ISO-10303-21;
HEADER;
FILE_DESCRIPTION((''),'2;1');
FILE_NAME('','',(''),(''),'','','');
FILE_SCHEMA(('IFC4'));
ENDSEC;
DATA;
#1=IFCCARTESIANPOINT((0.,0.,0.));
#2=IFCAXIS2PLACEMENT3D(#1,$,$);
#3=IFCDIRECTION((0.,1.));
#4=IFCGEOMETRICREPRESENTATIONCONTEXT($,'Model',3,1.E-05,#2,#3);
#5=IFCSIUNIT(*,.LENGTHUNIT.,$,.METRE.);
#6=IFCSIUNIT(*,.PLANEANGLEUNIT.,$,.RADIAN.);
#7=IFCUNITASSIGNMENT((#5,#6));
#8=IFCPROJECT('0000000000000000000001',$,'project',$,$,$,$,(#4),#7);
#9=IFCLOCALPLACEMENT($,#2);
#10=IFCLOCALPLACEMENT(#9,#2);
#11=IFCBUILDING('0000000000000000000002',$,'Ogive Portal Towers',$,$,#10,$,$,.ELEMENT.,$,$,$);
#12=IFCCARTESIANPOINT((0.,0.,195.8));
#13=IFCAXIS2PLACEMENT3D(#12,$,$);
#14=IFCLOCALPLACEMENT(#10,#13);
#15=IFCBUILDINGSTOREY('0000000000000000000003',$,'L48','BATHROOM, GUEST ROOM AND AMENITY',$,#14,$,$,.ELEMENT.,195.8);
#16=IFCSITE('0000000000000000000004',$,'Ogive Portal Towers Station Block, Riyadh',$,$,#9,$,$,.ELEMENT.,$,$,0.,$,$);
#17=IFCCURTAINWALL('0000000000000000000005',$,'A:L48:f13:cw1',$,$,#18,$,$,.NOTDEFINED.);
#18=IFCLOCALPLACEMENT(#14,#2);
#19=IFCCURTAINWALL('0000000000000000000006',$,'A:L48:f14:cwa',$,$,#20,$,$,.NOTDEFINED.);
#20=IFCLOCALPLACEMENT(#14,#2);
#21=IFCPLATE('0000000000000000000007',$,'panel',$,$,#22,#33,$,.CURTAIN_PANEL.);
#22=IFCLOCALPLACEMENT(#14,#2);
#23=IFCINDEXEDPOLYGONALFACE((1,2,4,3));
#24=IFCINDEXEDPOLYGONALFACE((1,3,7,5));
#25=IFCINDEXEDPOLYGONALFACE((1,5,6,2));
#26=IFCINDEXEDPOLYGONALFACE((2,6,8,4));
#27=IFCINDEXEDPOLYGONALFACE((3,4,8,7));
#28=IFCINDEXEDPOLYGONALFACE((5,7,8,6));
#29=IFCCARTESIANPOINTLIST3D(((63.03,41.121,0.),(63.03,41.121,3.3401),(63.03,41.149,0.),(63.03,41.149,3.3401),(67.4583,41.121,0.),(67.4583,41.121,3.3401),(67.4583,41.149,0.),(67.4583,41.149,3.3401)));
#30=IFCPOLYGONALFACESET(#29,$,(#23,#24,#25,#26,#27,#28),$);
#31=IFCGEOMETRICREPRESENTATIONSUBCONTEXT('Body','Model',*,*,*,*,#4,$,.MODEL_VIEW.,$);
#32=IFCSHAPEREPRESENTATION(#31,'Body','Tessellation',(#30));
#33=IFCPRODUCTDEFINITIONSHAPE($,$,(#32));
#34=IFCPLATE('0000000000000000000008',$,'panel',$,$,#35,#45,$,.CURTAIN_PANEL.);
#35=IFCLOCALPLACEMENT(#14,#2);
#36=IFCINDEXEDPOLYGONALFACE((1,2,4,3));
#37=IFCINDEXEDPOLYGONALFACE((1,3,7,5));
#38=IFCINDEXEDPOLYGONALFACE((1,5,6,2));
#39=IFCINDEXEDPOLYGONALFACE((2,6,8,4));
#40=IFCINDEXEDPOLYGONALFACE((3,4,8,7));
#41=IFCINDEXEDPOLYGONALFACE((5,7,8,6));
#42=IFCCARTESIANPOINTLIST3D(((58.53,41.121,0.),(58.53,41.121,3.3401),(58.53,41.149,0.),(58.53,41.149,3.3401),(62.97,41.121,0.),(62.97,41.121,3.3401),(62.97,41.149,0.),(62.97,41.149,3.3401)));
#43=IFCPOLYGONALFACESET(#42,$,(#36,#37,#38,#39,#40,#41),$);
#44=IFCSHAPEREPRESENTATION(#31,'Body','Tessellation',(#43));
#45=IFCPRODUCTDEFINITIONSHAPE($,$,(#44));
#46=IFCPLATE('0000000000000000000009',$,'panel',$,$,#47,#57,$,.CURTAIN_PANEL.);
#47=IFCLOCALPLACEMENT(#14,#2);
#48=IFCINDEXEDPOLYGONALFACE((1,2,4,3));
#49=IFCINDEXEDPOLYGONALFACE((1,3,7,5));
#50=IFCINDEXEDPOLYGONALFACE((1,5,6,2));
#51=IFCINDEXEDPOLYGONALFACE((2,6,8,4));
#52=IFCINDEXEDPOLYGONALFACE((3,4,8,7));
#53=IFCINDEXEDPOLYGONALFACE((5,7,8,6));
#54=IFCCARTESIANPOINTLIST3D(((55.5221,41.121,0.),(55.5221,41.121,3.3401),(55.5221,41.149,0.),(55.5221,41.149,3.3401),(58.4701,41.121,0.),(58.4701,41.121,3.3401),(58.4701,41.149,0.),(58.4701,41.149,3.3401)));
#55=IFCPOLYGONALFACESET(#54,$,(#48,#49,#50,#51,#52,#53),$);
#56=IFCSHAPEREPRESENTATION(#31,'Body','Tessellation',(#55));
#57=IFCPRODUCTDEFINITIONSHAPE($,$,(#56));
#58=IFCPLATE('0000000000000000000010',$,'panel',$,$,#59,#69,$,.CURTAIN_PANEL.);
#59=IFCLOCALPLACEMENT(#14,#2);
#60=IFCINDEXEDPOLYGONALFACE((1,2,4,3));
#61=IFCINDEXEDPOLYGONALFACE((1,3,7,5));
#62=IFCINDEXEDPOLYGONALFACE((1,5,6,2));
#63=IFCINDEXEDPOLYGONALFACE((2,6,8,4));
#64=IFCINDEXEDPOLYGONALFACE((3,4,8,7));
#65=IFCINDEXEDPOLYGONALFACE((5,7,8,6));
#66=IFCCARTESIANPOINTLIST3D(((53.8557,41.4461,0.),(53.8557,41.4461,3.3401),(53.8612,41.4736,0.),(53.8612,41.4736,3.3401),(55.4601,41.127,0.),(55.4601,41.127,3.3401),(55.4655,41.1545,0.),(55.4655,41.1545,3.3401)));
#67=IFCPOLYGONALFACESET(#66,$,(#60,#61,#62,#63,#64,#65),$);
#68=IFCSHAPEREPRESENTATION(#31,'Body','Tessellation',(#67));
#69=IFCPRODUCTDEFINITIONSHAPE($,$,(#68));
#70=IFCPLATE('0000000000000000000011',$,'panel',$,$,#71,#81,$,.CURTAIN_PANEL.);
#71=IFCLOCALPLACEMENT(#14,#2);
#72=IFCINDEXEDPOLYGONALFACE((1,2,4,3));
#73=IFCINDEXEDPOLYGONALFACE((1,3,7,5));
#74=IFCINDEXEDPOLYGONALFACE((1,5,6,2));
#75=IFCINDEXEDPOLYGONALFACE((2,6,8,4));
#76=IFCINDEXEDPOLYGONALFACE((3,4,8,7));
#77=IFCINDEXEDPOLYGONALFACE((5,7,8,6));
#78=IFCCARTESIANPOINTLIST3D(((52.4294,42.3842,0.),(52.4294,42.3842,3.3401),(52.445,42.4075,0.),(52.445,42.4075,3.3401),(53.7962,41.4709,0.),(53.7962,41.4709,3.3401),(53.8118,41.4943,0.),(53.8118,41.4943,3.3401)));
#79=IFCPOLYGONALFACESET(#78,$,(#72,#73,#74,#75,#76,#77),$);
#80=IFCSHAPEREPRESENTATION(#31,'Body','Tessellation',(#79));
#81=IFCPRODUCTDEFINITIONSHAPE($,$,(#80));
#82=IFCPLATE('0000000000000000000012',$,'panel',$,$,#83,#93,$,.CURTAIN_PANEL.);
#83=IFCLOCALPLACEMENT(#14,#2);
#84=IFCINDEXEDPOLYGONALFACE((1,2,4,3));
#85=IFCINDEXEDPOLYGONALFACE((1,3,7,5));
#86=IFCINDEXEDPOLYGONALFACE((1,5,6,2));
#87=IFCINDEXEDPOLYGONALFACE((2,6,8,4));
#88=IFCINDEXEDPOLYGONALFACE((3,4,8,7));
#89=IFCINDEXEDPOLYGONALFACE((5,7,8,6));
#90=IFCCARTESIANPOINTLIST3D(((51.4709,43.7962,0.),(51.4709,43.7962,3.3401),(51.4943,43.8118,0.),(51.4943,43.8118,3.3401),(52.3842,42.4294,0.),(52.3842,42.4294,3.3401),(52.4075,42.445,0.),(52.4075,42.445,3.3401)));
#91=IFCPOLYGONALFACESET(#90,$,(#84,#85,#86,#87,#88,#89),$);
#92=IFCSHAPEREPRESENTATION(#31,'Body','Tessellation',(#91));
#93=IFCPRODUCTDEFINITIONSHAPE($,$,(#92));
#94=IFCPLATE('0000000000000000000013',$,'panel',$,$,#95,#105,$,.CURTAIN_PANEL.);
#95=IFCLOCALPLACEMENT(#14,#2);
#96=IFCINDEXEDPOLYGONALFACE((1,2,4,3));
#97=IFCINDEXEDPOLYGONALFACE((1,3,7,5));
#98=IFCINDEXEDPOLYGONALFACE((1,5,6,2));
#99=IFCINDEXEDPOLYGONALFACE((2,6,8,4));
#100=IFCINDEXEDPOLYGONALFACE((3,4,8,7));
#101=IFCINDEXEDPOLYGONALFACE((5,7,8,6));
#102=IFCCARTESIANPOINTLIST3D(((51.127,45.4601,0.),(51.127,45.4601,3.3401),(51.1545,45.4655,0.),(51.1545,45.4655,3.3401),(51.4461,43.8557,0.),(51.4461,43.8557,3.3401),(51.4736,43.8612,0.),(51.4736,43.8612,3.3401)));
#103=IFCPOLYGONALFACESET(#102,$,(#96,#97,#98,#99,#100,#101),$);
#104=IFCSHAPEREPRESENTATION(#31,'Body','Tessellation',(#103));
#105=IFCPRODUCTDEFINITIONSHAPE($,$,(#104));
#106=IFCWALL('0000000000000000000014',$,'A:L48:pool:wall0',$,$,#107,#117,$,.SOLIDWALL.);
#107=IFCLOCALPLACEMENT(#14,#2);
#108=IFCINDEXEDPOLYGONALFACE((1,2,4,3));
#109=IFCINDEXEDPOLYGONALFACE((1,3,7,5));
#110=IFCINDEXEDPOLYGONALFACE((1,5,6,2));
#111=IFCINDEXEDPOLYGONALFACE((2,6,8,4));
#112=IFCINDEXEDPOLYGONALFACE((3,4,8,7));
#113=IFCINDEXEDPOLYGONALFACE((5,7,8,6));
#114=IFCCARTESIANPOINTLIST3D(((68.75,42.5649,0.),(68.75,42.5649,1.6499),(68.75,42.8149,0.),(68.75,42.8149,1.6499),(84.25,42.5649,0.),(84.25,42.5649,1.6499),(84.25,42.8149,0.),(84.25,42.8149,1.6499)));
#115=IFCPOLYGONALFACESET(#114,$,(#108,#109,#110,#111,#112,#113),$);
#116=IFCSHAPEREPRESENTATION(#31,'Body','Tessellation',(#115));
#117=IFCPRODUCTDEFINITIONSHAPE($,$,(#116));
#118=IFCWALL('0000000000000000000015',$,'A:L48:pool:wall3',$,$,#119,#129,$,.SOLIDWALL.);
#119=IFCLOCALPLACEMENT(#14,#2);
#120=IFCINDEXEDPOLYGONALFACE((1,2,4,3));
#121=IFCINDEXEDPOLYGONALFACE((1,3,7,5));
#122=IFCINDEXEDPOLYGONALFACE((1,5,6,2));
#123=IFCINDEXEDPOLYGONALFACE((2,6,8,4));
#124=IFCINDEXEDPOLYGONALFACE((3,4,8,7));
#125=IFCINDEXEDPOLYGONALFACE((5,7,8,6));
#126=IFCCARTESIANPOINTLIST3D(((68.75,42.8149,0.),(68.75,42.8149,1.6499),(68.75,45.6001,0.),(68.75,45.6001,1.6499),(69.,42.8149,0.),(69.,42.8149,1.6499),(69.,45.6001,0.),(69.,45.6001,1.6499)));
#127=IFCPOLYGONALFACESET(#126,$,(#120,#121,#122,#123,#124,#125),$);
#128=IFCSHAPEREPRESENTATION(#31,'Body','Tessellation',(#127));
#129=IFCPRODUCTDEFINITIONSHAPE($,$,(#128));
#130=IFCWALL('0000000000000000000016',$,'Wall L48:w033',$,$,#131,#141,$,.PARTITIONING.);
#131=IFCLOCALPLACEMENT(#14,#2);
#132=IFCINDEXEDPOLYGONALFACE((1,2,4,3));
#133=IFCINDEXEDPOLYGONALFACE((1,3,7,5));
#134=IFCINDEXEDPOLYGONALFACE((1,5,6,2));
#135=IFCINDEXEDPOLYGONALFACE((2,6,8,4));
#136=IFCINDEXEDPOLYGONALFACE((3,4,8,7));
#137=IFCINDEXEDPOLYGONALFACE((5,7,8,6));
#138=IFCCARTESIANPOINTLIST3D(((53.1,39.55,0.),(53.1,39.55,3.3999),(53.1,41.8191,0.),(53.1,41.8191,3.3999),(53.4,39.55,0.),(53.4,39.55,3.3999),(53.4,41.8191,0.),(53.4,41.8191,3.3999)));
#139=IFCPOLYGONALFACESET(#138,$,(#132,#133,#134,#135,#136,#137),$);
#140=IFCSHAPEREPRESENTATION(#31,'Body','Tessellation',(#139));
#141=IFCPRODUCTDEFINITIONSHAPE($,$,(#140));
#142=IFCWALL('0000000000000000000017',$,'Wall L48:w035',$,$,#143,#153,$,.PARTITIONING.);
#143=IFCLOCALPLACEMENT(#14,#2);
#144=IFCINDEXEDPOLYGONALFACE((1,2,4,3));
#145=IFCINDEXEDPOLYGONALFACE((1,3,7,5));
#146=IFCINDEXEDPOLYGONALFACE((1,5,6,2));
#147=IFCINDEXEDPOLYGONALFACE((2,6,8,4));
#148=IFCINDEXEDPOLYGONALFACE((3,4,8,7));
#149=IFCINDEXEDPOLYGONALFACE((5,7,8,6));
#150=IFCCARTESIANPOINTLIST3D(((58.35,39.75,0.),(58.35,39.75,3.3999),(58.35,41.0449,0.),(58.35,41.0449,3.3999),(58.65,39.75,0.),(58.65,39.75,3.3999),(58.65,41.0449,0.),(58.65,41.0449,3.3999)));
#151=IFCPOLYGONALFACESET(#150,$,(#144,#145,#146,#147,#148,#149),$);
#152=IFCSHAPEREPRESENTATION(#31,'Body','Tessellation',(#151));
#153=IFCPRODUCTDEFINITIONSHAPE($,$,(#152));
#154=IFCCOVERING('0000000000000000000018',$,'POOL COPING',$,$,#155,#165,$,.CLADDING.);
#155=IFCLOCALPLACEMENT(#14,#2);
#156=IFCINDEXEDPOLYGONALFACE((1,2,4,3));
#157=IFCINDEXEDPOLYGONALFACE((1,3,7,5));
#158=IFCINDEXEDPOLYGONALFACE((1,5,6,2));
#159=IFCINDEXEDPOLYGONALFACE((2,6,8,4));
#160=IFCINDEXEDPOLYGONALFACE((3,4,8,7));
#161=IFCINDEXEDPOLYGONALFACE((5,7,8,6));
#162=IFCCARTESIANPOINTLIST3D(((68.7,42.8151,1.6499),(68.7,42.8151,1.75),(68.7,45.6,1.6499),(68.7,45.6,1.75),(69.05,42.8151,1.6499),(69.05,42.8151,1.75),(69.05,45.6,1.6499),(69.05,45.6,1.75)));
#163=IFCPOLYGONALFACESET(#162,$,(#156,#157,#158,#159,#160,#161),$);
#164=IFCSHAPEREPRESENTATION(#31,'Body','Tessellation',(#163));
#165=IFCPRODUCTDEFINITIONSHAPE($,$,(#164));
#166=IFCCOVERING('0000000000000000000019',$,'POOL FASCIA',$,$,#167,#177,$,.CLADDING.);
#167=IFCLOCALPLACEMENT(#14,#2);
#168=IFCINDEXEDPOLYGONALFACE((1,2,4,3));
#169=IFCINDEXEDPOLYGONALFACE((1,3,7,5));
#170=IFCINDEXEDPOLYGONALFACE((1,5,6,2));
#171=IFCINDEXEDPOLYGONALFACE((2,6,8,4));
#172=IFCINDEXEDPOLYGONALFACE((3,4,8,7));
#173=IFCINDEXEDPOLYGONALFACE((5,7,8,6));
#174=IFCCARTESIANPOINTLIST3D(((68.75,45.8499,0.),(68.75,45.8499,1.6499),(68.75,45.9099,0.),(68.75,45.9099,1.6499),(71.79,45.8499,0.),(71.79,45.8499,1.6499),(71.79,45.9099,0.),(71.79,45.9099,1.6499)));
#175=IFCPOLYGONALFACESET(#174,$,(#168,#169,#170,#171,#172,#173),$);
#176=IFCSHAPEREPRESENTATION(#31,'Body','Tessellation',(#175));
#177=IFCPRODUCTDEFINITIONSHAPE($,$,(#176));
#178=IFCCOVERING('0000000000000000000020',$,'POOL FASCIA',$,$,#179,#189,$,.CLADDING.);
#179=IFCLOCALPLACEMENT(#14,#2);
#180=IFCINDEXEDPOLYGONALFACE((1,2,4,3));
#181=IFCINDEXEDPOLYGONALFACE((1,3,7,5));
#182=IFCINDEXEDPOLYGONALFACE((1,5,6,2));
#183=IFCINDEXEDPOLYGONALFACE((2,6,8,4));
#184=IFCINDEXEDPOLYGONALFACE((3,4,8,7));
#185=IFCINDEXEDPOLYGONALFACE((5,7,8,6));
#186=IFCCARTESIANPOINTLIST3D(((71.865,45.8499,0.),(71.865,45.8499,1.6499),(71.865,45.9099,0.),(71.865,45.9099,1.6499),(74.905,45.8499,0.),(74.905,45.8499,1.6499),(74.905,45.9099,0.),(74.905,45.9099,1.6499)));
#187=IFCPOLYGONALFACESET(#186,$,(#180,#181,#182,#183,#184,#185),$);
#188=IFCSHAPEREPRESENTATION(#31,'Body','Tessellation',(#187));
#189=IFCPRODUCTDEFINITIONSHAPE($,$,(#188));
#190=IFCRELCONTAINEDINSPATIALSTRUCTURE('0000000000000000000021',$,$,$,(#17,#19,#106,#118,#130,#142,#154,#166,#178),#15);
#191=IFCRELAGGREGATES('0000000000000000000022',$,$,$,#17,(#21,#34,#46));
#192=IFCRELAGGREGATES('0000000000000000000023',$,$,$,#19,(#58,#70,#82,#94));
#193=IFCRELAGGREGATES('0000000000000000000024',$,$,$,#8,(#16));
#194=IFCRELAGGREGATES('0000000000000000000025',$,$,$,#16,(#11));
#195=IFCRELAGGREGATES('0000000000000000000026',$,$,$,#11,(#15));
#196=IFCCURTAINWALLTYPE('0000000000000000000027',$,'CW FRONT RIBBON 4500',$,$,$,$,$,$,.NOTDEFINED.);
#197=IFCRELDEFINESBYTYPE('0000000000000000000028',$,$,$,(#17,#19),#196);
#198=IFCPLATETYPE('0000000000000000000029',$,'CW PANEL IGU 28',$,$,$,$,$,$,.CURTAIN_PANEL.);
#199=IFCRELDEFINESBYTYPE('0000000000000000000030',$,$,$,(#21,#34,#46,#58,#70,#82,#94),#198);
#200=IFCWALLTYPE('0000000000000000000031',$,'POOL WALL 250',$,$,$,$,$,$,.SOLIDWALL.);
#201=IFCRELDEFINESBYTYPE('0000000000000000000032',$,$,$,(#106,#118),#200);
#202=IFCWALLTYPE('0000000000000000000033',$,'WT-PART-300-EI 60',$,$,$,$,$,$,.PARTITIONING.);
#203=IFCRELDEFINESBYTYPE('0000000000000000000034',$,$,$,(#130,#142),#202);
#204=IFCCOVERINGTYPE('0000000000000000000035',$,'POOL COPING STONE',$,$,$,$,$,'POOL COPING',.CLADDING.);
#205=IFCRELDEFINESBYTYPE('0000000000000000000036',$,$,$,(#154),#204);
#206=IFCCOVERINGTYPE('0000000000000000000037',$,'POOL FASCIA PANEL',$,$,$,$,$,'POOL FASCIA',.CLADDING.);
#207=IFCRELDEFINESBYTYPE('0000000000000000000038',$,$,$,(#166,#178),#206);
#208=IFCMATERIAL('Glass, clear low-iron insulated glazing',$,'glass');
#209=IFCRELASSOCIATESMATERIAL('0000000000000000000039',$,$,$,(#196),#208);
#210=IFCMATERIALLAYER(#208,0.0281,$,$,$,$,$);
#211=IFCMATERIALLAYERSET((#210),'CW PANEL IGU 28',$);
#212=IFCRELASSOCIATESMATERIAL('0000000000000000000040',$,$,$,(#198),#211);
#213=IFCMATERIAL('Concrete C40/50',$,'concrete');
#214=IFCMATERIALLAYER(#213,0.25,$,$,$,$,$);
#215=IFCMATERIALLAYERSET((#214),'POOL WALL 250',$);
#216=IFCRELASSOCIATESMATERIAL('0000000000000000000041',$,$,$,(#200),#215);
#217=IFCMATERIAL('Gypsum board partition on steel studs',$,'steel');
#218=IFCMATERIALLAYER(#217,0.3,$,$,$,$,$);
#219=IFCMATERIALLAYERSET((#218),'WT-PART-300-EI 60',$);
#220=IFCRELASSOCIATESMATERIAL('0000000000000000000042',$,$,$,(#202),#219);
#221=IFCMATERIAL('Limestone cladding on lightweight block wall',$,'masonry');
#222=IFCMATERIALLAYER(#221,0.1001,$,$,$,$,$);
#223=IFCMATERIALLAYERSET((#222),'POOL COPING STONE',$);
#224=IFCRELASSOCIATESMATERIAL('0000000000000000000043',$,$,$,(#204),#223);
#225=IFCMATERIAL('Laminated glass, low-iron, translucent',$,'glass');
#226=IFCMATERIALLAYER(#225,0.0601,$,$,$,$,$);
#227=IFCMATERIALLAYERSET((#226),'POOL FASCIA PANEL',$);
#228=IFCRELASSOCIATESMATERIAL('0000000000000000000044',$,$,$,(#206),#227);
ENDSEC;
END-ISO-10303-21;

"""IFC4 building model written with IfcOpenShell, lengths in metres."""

from ifc_helpers import new_model, si_unit, direction, frame, frame_2d, origin, origin_2d, place, context, subcontext, project, spatial, rectangle, extrude, material, layer, layer_set, type_object, element, aggregate, save


model = new_model("IFC4")

# Units and contexts
model_context = context("Model", 3, precision=1e-05, world=origin(), true_north=direction((0.0, 1.0)))
body_context = subcontext(model_context, "Body", "Model", "MODEL_VIEW")
ifc_project = project(units=[si_unit("LENGTHUNIT", "METRE"), si_unit("PLANEANGLEUNIT", "RADIAN")], contexts=[model_context])

# Site, building, storey
site_placement = place(None, origin())
site = spatial("IfcSite", under=ifc_project, at=site_placement, Name="Ogive Portal Towers Station Block, Riyadh", CompositionType="ELEMENT", RefElevation=0.0)
building_placement = place(site_placement, origin())
building = spatial("IfcBuilding", under=site, at=building_placement, Name="Ogive Portal Towers", CompositionType="ELEMENT")
storey_placement = place(building_placement, frame((0.0, 0.0, 195.8)))
storey = spatial("IfcBuildingStorey", under=building, at=storey_placement, Name="L48", Description="BATHROOM, GUEST ROOM AND AMENITY", CompositionType="ELEMENT", Elevation=195.8)

# Curtain walls
ifc_material_1 = material(Name="Glass, clear low-iron insulated glazing", Category="glass")
curtain_wall_type = type_object("IfcCurtainWallType", Name="CW FRONT RIBBON 4500", PredefinedType="NOTDEFINED", material=ifc_material_1)
curtain_wall_1_placement = place(storey_placement, origin())
curtain_wall_1 = element("IfcCurtainWall", 1, at=curtain_wall_1_placement, inside=storey, type_object=curtain_wall_type, Name="A:L48:f13:cw1", PredefinedType="NOTDEFINED")
curtain_wall_2_placement = place(storey_placement, origin())
curtain_wall_2 = element("IfcCurtainWall", 2, at=curtain_wall_2_placement, inside=storey, type_object=curtain_wall_type, Name="A:L48:f14:cwa", PredefinedType="NOTDEFINED")

# Plates
ifc_layer_1 = layer(ifc_material_1, 0.0281)
ifc_layer_set_1 = layer_set([ifc_layer_1], Name="CW PANEL IGU 28")
plate_type = type_object("IfcPlateType", Name="CW PANEL IGU 28", PredefinedType="CURTAIN_PANEL", material=ifc_layer_set_1)
plate_1_placement = place(storey_placement, frame((65.2441, 41.135, 0.0), z_axis=(0.0, 0.0, 1.0), x_axis=(-1.0, 0.0, 0.0)))
plate_1 = element("IfcPlate", 3, at=plate_1_placement, type_object=plate_type, Name="panel", PredefinedType="CURTAIN_PANEL", context=body_context, shape_type="SweptSolid", body=[
    extrude(rectangle(XDim=4.4282, YDim=0.0281, at=origin_2d()), origin(), (0.0, 0.0, 1.0), 3.3401),
])
plate_2_placement = place(storey_placement, frame((60.75, 41.135, 0.0), z_axis=(0.0, 0.0, 1.0), x_axis=(-1.0, 0.0, 0.0)))
plate_2 = element("IfcPlate", 4, at=plate_2_placement, type_object=plate_type, Name="panel", PredefinedType="CURTAIN_PANEL", context=body_context, shape_type="SweptSolid", body=[
    extrude(rectangle(XDim=4.4399, YDim=0.0281, at=origin_2d()), origin(), (0.0, 0.0, 1.0), 3.3401),
])
plate_3_placement = place(storey_placement, frame((56.9961, 41.135, 0.0), z_axis=(0.0, 0.0, 1.0), x_axis=(-1.0, 0.0, 0.0)))
plate_3 = element("IfcPlate", 5, at=plate_3_placement, type_object=plate_type, Name="panel", PredefinedType="CURTAIN_PANEL", context=body_context, shape_type="SweptSolid", body=[
    extrude(rectangle(XDim=2.948, YDim=0.0281, at=origin_2d()), origin(), (0.0, 0.0, 1.0), 3.3401),
])
aggregate(curtain_wall_1, [plate_1, plate_2, plate_3])
plate_4_placement = place(storey_placement, frame((54.6606, 41.3003, 0.0), z_axis=(0.0, 0.0, 1.0), x_axis=(-0.980785, 0.19509, 0.0)))
plate_4 = element("IfcPlate", 6, at=plate_4_placement, type_object=plate_type, Name="panel", PredefinedType="CURTAIN_PANEL", context=body_context, shape_type="SweptSolid", body=[
    extrude(rectangle(XDim=1.6357, YDim=0.0281, at=origin_2d()), origin(), (0.0, 0.0, 1.0), 3.3401),
])
plate_5_placement = place(storey_placement, frame((53.1206, 41.9392, 0.0), z_axis=(0.0, 0.0, 1.0), x_axis=(-0.83147, 0.55557, 0.0)))
plate_5 = element("IfcPlate", 7, at=plate_5_placement, type_object=plate_type, Name="panel", PredefinedType="CURTAIN_PANEL", context=body_context, shape_type="SweptSolid", body=[
    extrude(rectangle(XDim=1.6438, YDim=0.0281, at=origin_2d()), origin(), (0.0, 0.0, 1.0), 3.3401),
])
plate_6_placement = place(storey_placement, frame((51.9392, 43.1206, 0.0), z_axis=(0.0, 0.0, 1.0), x_axis=(-0.55557, 0.83147, 0.0)))
plate_6 = element("IfcPlate", 8, at=plate_6_placement, type_object=plate_type, Name="panel", PredefinedType="CURTAIN_PANEL", context=body_context, shape_type="SweptSolid", body=[
    extrude(rectangle(XDim=1.6438, YDim=0.0281, at=origin_2d()), origin(), (0.0, 0.0, 1.0), 3.3401),
])
plate_7_placement = place(storey_placement, frame((51.3003, 44.6606, 0.0), z_axis=(0.0, 0.0, 1.0), x_axis=(-0.19509, 0.980785, 0.0)))
plate_7 = element("IfcPlate", 9, at=plate_7_placement, type_object=plate_type, Name="panel", PredefinedType="CURTAIN_PANEL", context=body_context, shape_type="SweptSolid", body=[
    extrude(rectangle(XDim=1.6357, YDim=0.0281, at=origin_2d()), origin(), (0.0, 0.0, 1.0), 3.3401),
])
aggregate(curtain_wall_2, [plate_4, plate_5, plate_6, plate_7])

# Shared definitions
ifc_material_2 = material(Name="Limestone cladding on lightweight block wall", Category="masonry")

# Walls
ifc_material_3 = material(Name="Concrete C40/50", Category="concrete")
ifc_layer_2 = layer(ifc_material_3, 0.25)
ifc_layer_set_2 = layer_set([ifc_layer_2], Name="POOL WALL 250")
wall_type_1 = type_object("IfcWallType", Name="POOL WALL 250", PredefinedType="SOLIDWALL", material=ifc_layer_set_2)
wall_1_placement = place(storey_placement, frame((68.75, 42.6899, 0.0), z_axis=(0.0, 0.0, 1.0), x_axis=(1.0, 0.0, 0.0)))
element("IfcWall", 10, at=wall_1_placement, inside=storey, type_object=wall_type_1, Name="A:L48:pool:wall0", PredefinedType="SOLIDWALL", context=body_context, shape_type="SweptSolid", body=[
    extrude(rectangle(XDim=15.5, YDim=0.25, at=frame_2d((7.75, 0.0))), origin(), (0.0, 0.0, 1.0), 1.6499),
])
wall_2_placement = place(storey_placement, frame((68.875, 45.6001, 0.0), z_axis=(0.0, 0.0, 1.0), x_axis=(0.0, -1.0, 0.0)))
element("IfcWall", 11, at=wall_2_placement, inside=storey, type_object=wall_type_1, Name="A:L48:pool:wall3", PredefinedType="SOLIDWALL", context=body_context, shape_type="SweptSolid", body=[
    extrude(rectangle(XDim=2.7852, YDim=0.25, at=frame_2d((1.3926, 0.0))), origin(), (0.0, 0.0, 1.0), 1.6499),
])
ifc_material_4 = material(Name="Gypsum board partition on steel studs", Category="steel")
ifc_layer_3 = layer(ifc_material_4, 0.3)
ifc_layer_set_3 = layer_set([ifc_layer_3], Name="WT-PART-300-EI 60")
wall_type_2 = type_object("IfcWallType", Name="WT-PART-300-EI 60", PredefinedType="PARTITIONING", material=ifc_layer_set_3)
wall_3_placement = place(storey_placement, frame((53.25, 39.55, 0.0), z_axis=(0.0, 0.0, 1.0), x_axis=(0.0, 1.0, 0.0)))
element("IfcWall", 12, at=wall_3_placement, inside=storey, type_object=wall_type_2, Name="Wall L48:w033", PredefinedType="PARTITIONING", context=body_context, shape_type="SweptSolid", body=[
    extrude(rectangle(XDim=2.269, YDim=0.3, at=frame_2d((1.1345, 0.0))), origin(), (0.0, 0.0, 1.0), 3.3999),
])
wall_4_placement = place(storey_placement, frame((58.5, 39.75, 0.0), z_axis=(0.0, 0.0, 1.0), x_axis=(0.0, 1.0, 0.0)))
element("IfcWall", 13, at=wall_4_placement, inside=storey, type_object=wall_type_2, Name="Wall L48:w035", PredefinedType="PARTITIONING", context=body_context, shape_type="SweptSolid", body=[
    extrude(rectangle(XDim=1.2949, YDim=0.3, at=frame_2d((0.6475, 0.0))), origin(), (0.0, 0.0, 1.0), 3.3999),
])

# Coverings
ifc_layer_4 = layer(ifc_material_2, 0.1001)
ifc_layer_set_4 = layer_set([ifc_layer_4], Name="POOL COPING STONE")
covering_type_1 = type_object("IfcCoveringType", Name="POOL COPING STONE", ElementType="POOL COPING", PredefinedType="CLADDING", material=ifc_layer_set_4)
covering_placement = place(storey_placement, frame((68.875, 44.2075, 1.6499), z_axis=(0.0, 0.0, 1.0), x_axis=(1.0, 0.0, 0.0)))
element("IfcCovering", 14, at=covering_placement, inside=storey, type_object=covering_type_1, Name="POOL COPING", PredefinedType="CLADDING", context=body_context, shape_type="SweptSolid", body=[
    extrude(rectangle(XDim=0.3501, YDim=2.7849, at=origin_2d()), origin(), (0.0, 0.0, 1.0), 0.1001),
])
ifc_material_5 = material(Name="Laminated glass, low-iron, translucent", Category="glass")
ifc_layer_5 = layer(ifc_material_5, 0.0601)
ifc_layer_set_5 = layer_set([ifc_layer_5], Name="POOL FASCIA PANEL")
covering_type_2 = type_object("IfcCoveringType", Name="POOL FASCIA PANEL", ElementType="POOL FASCIA", PredefinedType="CLADDING", material=ifc_layer_set_5)
for number, where, z_axis, x_axis, name in (
    (15, (70.27, 45.8799, 0.0), (0.0, 0.0, 1.0), (1.0, 0.0, 0.0), "POOL FASCIA"),
    (16, (73.385, 45.8799, 0.0), (0.0, 0.0, 1.0), (1.0, 0.0, 0.0), "POOL FASCIA"),
):
    element("IfcCovering", number, at=place(storey_placement, frame(where, z_axis=z_axis, x_axis=x_axis)), inside=storey, type_object=covering_type_2, Name=name, PredefinedType="CLADDING", context=body_context, shape_type="SweptSolid", body=[
        extrude(rectangle(XDim=3.04, YDim=0.0601, at=origin_2d()), origin(), (0.0, 0.0, 1.0), 1.6499),
    ])

save(model, "model.ifc")
